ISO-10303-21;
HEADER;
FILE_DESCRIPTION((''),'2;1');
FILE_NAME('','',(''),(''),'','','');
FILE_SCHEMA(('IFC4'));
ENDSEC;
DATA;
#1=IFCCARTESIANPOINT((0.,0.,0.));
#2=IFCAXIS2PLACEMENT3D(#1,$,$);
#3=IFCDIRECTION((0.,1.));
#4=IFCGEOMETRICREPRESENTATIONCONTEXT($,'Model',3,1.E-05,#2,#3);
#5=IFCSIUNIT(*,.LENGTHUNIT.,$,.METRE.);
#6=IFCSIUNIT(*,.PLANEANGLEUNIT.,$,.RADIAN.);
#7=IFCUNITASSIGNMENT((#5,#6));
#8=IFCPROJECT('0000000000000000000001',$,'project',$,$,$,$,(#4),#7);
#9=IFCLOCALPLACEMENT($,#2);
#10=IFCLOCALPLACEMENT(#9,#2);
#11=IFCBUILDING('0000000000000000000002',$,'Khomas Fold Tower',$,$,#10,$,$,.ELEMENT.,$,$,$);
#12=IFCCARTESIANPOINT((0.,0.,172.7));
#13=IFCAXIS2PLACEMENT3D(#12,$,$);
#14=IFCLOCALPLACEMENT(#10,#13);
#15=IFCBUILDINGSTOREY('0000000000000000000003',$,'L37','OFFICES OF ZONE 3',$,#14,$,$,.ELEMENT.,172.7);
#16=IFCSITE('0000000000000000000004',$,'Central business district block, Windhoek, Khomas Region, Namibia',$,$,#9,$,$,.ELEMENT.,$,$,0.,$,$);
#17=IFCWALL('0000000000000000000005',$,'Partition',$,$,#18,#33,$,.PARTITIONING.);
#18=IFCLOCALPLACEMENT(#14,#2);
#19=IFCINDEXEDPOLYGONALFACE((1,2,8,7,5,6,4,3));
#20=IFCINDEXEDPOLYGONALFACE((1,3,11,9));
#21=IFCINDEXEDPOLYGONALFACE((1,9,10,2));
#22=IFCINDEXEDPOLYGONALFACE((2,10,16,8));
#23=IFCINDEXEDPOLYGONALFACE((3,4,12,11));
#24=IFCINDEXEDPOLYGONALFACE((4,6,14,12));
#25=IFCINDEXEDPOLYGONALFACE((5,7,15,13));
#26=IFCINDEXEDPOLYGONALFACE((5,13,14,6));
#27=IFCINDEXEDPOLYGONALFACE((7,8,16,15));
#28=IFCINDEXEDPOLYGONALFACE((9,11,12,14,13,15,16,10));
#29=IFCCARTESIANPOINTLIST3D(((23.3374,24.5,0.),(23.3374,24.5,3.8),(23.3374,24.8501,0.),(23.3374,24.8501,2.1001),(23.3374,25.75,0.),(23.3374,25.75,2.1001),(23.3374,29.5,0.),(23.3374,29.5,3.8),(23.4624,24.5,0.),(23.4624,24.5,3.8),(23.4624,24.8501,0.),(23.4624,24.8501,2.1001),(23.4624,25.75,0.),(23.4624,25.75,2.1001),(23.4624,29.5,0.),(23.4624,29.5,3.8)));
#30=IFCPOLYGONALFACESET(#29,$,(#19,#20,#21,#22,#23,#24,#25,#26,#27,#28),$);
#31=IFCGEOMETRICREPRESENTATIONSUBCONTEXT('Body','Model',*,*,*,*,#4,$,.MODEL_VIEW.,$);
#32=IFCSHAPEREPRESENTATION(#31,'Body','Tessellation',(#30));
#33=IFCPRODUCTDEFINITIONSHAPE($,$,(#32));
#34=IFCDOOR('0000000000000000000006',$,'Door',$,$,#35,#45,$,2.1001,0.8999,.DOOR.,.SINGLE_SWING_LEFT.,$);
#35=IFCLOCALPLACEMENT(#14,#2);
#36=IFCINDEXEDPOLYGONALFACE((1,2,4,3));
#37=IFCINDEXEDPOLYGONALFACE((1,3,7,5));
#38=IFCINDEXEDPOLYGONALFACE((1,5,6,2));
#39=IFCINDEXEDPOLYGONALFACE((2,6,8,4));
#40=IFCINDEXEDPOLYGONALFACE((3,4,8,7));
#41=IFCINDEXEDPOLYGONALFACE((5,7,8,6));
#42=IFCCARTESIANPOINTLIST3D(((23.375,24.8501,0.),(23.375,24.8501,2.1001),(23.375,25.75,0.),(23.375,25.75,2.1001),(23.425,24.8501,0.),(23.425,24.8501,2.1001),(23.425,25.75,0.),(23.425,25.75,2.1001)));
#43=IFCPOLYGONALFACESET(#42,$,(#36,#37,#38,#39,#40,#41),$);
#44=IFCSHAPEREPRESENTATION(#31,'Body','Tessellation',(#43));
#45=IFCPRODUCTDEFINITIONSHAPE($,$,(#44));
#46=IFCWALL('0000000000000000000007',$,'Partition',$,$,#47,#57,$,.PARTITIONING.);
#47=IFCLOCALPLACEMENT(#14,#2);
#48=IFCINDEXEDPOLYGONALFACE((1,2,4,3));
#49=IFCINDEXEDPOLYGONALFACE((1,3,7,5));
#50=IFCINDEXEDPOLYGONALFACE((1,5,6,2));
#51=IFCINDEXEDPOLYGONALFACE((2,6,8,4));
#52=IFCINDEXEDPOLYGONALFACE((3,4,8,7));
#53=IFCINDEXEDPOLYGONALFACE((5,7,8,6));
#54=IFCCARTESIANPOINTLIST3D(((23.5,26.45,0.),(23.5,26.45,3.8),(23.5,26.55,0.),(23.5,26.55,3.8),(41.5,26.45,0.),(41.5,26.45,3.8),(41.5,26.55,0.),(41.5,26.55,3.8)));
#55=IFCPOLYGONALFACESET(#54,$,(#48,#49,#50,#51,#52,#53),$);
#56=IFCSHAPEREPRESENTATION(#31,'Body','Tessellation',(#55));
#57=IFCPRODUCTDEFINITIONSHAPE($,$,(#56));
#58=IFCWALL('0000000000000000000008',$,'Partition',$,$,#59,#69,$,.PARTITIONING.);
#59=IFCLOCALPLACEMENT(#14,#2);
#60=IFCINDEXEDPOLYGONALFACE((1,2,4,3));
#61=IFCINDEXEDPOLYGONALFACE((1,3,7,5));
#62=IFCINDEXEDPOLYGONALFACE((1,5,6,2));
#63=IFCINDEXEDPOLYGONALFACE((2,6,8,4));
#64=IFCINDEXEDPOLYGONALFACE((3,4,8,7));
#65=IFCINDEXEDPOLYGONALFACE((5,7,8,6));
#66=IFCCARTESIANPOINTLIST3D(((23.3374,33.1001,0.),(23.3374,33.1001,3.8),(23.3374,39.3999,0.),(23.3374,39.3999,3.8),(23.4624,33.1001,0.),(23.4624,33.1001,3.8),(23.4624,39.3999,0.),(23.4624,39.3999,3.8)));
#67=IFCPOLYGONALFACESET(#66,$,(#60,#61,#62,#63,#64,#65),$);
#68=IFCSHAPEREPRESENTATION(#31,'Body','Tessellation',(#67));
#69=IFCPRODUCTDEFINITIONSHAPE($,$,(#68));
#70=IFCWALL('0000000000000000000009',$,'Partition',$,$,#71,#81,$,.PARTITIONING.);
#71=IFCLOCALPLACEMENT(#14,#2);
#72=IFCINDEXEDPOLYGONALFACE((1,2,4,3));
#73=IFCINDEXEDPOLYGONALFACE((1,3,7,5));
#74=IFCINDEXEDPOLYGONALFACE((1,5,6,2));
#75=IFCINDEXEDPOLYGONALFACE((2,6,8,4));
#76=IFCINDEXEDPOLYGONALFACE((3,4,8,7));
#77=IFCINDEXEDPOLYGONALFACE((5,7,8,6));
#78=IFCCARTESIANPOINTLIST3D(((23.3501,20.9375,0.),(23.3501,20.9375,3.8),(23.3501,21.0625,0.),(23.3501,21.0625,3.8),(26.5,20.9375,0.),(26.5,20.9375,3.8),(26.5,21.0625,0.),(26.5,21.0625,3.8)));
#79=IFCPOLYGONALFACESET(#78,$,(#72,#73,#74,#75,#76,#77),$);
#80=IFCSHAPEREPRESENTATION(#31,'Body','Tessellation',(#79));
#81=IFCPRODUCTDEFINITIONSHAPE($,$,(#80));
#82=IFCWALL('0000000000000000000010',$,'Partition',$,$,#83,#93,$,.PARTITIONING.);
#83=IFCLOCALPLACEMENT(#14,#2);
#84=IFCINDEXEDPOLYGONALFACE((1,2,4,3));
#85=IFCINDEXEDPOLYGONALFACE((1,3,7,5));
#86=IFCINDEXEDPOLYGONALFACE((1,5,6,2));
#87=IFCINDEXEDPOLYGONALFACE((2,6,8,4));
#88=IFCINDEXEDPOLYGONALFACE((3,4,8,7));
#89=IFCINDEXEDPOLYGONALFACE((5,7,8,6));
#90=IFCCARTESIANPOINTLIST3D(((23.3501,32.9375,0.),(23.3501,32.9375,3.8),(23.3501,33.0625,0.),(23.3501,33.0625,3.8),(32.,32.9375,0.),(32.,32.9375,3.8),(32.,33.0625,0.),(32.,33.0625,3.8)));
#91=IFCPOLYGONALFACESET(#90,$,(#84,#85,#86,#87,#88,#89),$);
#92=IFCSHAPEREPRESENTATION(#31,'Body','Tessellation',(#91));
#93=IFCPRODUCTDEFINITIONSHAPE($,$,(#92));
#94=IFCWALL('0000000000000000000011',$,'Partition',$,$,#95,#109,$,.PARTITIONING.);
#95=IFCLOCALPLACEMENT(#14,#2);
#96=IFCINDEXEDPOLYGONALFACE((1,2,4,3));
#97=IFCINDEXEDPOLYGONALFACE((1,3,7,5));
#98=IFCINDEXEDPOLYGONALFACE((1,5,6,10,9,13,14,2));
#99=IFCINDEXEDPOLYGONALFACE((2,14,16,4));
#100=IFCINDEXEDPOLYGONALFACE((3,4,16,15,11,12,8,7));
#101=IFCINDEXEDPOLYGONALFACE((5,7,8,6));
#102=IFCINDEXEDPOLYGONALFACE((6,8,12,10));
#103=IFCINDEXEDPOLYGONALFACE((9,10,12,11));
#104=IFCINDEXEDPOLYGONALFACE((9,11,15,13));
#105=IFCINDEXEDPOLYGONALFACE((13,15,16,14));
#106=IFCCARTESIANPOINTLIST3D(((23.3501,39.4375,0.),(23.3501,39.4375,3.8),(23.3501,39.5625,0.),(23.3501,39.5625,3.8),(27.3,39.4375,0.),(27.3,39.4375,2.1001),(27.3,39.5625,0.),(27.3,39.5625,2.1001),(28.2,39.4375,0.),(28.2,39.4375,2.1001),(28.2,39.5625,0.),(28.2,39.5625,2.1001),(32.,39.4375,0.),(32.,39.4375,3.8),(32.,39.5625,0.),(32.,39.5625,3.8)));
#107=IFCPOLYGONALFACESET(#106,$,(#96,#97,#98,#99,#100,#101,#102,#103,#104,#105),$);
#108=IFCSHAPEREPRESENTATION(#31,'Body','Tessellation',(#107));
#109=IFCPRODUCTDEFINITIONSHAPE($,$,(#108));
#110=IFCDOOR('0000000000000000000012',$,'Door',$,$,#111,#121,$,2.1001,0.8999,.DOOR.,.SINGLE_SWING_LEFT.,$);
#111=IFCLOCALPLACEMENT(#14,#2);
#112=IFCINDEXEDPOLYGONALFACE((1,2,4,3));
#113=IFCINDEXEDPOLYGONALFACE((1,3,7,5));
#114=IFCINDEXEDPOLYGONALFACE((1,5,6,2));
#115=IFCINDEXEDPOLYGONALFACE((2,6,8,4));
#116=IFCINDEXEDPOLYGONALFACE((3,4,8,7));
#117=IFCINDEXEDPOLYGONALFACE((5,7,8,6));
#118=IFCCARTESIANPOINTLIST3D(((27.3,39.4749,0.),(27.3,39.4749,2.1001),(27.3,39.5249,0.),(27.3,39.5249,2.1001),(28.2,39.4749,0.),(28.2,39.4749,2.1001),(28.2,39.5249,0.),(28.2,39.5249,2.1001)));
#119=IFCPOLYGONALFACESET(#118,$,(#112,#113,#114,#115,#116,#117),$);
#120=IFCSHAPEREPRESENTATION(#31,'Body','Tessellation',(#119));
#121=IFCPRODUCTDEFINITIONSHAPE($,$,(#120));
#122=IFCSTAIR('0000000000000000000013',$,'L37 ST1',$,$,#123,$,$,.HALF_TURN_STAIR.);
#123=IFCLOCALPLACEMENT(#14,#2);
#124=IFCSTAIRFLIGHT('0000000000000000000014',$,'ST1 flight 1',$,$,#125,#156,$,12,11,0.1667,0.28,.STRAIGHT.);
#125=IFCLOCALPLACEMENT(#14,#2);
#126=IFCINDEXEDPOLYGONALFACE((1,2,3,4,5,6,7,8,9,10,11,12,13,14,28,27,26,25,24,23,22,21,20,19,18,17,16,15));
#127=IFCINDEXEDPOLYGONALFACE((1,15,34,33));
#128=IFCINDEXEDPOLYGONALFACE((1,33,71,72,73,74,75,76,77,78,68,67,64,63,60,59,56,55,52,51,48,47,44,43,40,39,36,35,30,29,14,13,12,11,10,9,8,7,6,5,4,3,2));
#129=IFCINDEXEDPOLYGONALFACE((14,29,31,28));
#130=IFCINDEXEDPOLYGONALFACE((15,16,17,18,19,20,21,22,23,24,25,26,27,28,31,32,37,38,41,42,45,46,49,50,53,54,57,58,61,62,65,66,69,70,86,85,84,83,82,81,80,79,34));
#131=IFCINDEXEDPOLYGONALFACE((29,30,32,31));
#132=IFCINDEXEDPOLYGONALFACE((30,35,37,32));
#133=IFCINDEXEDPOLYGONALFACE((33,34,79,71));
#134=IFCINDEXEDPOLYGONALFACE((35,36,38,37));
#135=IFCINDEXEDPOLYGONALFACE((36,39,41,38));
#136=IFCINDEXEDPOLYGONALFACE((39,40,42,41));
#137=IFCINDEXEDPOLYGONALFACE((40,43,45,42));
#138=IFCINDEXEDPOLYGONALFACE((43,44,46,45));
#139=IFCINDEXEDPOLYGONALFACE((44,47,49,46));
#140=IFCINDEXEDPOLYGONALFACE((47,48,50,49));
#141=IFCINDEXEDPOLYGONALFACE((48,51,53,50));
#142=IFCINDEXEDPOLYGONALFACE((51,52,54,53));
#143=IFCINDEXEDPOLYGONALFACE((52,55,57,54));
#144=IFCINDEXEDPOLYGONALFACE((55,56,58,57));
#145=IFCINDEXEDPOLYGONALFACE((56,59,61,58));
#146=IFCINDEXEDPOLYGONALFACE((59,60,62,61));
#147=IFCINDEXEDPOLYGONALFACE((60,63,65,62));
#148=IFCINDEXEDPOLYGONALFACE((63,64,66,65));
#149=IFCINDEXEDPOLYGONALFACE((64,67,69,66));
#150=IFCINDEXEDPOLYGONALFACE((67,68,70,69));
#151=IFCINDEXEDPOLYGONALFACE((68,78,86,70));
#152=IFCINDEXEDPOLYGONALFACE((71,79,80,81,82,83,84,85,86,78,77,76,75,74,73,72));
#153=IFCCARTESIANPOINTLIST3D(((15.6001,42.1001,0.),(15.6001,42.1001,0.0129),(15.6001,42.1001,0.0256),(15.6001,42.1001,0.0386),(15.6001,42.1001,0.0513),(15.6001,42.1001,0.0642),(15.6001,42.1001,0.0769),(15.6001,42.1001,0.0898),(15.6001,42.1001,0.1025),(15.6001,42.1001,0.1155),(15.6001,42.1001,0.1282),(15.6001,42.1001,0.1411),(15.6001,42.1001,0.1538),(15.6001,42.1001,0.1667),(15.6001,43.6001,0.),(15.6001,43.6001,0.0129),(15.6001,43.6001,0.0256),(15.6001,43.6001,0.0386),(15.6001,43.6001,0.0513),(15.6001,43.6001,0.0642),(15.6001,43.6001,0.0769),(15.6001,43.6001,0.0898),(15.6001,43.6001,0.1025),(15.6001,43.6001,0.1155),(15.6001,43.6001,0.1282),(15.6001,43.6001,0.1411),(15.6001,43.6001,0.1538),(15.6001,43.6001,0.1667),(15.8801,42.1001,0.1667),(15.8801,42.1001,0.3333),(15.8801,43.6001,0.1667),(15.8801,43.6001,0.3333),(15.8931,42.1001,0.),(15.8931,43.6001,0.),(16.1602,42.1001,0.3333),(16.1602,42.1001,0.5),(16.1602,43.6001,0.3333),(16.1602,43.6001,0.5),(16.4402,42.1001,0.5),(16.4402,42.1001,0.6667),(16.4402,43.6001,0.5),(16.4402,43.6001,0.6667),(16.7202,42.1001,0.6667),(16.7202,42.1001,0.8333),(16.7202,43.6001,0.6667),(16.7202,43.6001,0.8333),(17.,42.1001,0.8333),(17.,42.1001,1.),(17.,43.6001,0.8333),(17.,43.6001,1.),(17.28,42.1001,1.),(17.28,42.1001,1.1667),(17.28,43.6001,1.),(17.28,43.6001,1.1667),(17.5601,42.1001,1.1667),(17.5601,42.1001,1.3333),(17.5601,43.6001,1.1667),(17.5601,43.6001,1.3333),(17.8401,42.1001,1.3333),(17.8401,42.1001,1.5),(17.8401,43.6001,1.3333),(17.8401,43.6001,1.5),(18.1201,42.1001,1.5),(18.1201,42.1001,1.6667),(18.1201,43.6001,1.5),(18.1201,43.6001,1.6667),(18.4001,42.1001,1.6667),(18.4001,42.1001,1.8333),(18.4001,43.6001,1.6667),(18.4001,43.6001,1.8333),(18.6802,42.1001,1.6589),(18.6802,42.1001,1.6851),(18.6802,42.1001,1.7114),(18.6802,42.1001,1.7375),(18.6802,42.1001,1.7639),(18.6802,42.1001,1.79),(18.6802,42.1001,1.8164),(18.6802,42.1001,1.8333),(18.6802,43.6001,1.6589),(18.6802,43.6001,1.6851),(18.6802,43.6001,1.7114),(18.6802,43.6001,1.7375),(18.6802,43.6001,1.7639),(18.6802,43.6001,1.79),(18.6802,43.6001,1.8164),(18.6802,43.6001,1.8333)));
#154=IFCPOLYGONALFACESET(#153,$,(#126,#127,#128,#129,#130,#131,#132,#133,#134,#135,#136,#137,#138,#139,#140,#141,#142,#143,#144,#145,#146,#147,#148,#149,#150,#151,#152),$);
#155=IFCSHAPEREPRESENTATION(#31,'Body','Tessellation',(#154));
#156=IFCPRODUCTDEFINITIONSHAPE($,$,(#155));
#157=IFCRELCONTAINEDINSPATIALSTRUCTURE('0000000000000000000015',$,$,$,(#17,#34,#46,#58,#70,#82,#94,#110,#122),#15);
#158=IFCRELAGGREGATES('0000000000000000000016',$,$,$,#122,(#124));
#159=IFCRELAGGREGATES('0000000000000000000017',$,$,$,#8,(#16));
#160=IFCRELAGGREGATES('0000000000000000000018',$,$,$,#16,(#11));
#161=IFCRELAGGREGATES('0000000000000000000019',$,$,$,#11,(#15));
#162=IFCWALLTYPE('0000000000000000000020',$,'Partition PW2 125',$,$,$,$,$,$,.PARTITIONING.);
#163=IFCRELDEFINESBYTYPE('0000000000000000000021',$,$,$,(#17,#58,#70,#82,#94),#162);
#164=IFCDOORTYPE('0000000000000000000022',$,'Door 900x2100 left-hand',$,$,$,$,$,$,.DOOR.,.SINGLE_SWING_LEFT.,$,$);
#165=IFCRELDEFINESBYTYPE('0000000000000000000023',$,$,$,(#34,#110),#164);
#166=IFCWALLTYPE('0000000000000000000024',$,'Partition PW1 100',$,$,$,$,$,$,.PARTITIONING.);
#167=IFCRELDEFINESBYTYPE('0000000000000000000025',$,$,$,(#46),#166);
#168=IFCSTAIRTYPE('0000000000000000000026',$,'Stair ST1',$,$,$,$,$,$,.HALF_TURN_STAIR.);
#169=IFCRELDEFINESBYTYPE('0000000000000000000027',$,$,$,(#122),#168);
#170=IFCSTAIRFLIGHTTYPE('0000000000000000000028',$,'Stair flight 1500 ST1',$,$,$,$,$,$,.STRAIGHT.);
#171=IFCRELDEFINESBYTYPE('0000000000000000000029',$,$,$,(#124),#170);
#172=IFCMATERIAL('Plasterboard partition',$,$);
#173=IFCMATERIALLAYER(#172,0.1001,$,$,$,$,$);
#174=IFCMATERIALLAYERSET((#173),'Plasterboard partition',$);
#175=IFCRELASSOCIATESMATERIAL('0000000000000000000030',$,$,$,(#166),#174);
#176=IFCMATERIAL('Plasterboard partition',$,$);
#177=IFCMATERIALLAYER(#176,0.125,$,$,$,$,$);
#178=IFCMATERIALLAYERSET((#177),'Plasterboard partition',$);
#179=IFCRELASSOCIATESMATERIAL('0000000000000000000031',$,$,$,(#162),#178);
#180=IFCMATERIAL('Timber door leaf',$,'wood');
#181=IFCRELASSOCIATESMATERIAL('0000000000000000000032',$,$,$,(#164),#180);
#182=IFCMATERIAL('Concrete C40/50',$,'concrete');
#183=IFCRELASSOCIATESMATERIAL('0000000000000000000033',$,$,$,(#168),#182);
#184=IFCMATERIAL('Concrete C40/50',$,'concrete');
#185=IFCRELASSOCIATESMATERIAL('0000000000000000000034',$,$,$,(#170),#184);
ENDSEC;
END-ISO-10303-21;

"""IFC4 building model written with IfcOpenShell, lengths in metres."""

from ifc_helpers import new_model, si_unit, direction, frame, frame_2d, origin, place, context, subcontext, project, spatial, polyline, rectangle, outline, extrude, source, transform, mapped, material, layer, layer_set, type_object, element, fill, aggregate, save


model = new_model("IFC4")

# Units and contexts
model_context = context("Model", 3, precision=1e-05, world=origin(), true_north=direction((0.0, 1.0)))
body_context = subcontext(model_context, "Body", "Model", "MODEL_VIEW")
ifc_project = project(units=[si_unit("LENGTHUNIT", "METRE"), si_unit("PLANEANGLEUNIT", "RADIAN")], contexts=[model_context])

# Site, building, storey
site_placement = place(None, origin())
site = spatial("IfcSite", under=ifc_project, at=site_placement, Name="Central business district block, Windhoek, Khomas Region, Namibia", CompositionType="ELEMENT", RefElevation=0.0)
building_placement = place(site_placement, origin())
building = spatial("IfcBuilding", under=site, at=building_placement, Name="Khomas Fold Tower", CompositionType="ELEMENT")
storey_placement = place(building_placement, frame((0.0, 0.0, 172.7)))
storey = spatial("IfcBuildingStorey", under=building, at=storey_placement, Name="L37", Description="OFFICES OF ZONE 3", CompositionType="ELEMENT", Elevation=172.7)

# Shared definitions
ifc_material_1 = material(Name="Plasterboard partition")
ifc_layer_1 = layer(ifc_material_1, 0.1001)
ifc_layer_set_1 = layer_set([ifc_layer_1], Name="Plasterboard partition")
wall_type_1 = type_object("IfcWallType", Name="Partition PW1 100", PredefinedType="PARTITIONING", material=ifc_layer_set_1)
ifc_material_2 = material(Name="Plasterboard partition")
ifc_layer_2 = layer(ifc_material_2, 0.125)
ifc_layer_set_2 = layer_set([ifc_layer_2], Name="Plasterboard partition")
wall_type_2 = type_object("IfcWallType", Name="Partition PW2 125", PredefinedType="PARTITIONING", material=ifc_layer_set_2)

# Wall, opening, door
shared_shape_1 = source(origin(), body_context, "Body", "SweptSolid", [
    extrude(rectangle(XDim=5.0, YDim=0.125, at=frame_2d((2.5, 0.0))), origin(), (0.0, 0.0, 1.0), 3.8),
])
wall_1_placement = place(storey_placement, frame((23.3999, 24.5, 0.0), z_axis=(0.0, 0.0, 1.0), x_axis=(0.0, 1.0, 0.0)))
wall_1 = element("IfcWall", 1, at=wall_1_placement, inside=storey, type_object=wall_type_2, Name="Partition", PredefinedType="PARTITIONING", context=body_context, shape_type="MappedRepresentation", body=[
    mapped(shared_shape_1, transform((0.0, 0.0, 0.0))),
])
shared_shape_2 = source(origin(), body_context, "Body", "SweptSolid", [
    extrude(rectangle(XDim=0.8999, YDim=2.1001, at=frame_2d((0.45, 1.05))), frame((0.0, 0.0725, 0.0), z_axis=(0.0, -1.0, 0.0), x_axis=(1.0, 0.0, 0.0)), (0.0, 0.0, 1.0), 0.145),
])
opening_1_placement = place(wall_1_placement, frame((0.3501, 0.0, 0.0)))
opening_1 = element("IfcOpeningElement", 2, at=opening_1_placement, cuts=wall_1, PredefinedType="OPENING", context=body_context, shape_type="MappedRepresentation", body=[
    mapped(shared_shape_2, transform((0.0, 0.0, 0.0))),
])
ifc_material_3 = material(Name="Timber door leaf", Category="wood")
door_type = type_object("IfcDoorType", Name="Door 900x2100 left-hand", OperationType="SINGLE_SWING_LEFT", PredefinedType="DOOR", material=ifc_material_3)
shared_shape_3 = source(origin(), body_context, "Body", "SweptSolid", [
    extrude(rectangle(XDim=0.8999, YDim=2.1001, at=frame_2d((0.45, 1.05))), frame((0.0, 0.0249, 0.0), z_axis=(0.0, -1.0, 0.0), x_axis=(1.0, 0.0, 0.0)), (0.0, 0.0, 1.0), 0.05),
])
door_1_placement = place(opening_1_placement, origin())
door_1 = element("IfcDoor", 3, at=door_1_placement, inside=storey, type_object=door_type, Name="Door", OperationType="SINGLE_SWING_LEFT", OverallHeight=2.1001, OverallWidth=0.8999, PredefinedType="DOOR", context=body_context, shape_type="MappedRepresentation", body=[
    mapped(shared_shape_3, transform((0.0, 0.0, 0.0))),
])
fill(opening_1, door_1)

# Walls
shared_shape_4 = source(origin(), body_context, "Body", "SweptSolid", [
    extrude(rectangle(XDim=18.0, YDim=0.1001, at=frame_2d((9.0, 0.0))), origin(), (0.0, 0.0, 1.0), 3.8),
])
wall_2_placement = place(storey_placement, frame((23.5, 26.5, 0.0), z_axis=(0.0, 0.0, 1.0), x_axis=(1.0, 0.0, 0.0)))
element("IfcWall", 4, at=wall_2_placement, inside=storey, type_object=wall_type_1, Name="Partition", PredefinedType="PARTITIONING", context=body_context, shape_type="MappedRepresentation", body=[
    mapped(shared_shape_4, transform((0.0, 0.0, 0.0))),
])
shared_shape_5 = source(origin(), body_context, "Body", "SweptSolid", [
    extrude(rectangle(XDim=6.2998, YDim=0.125, at=frame_2d((3.1499, 0.0))), origin(), (0.0, 0.0, 1.0), 3.8),
])
wall_3_placement = place(storey_placement, frame((23.3999, 33.1001, 0.0), z_axis=(0.0, 0.0, 1.0), x_axis=(0.0, 1.0, 0.0)))
element("IfcWall", 5, at=wall_3_placement, inside=storey, type_object=wall_type_2, Name="Partition", PredefinedType="PARTITIONING", context=body_context, shape_type="MappedRepresentation", body=[
    mapped(shared_shape_5, transform((0.0, 0.0, 0.0))),
])
shared_shape_6 = source(origin(), body_context, "Body", "SweptSolid", [
    extrude(rectangle(XDim=3.1499, YDim=0.125, at=frame_2d((1.575, 0.0))), origin(), (0.0, 0.0, 1.0), 3.8),
])
wall_4_placement = place(storey_placement, frame((23.3501, 21.0, 0.0), z_axis=(0.0, 0.0, 1.0), x_axis=(1.0, 0.0, 0.0)))
element("IfcWall", 6, at=wall_4_placement, inside=storey, type_object=wall_type_2, Name="Partition", PredefinedType="PARTITIONING", context=body_context, shape_type="MappedRepresentation", body=[
    mapped(shared_shape_6, transform((0.0, 0.0, 0.0))),
])
shared_shape_7 = source(origin(), body_context, "Body", "SweptSolid", [
    extrude(rectangle(XDim=8.6499, YDim=0.125, at=frame_2d((4.325, 0.0))), origin(), (0.0, 0.0, 1.0), 3.8),
])
wall_5_placement = place(storey_placement, frame((23.3501, 33.0, 0.0), z_axis=(0.0, 0.0, 1.0), x_axis=(1.0, 0.0, 0.0)))
element("IfcWall", 7, at=wall_5_placement, inside=storey, type_object=wall_type_2, Name="Partition", PredefinedType="PARTITIONING", context=body_context, shape_type="MappedRepresentation", body=[
    mapped(shared_shape_7, transform((0.0, 0.0, 0.0))),
])

# Wall, opening, door
wall_6_placement = place(storey_placement, frame((23.3501, 39.5, 0.0), z_axis=(0.0, 0.0, 1.0), x_axis=(1.0, 0.0, 0.0)))
wall_6 = element("IfcWall", 8, at=wall_6_placement, inside=storey, type_object=wall_type_2, Name="Partition", PredefinedType="PARTITIONING", context=body_context, shape_type="MappedRepresentation", body=[
    mapped(shared_shape_7, transform((0.0, 0.0, 0.0))),
])
opening_2_placement = place(wall_6_placement, frame((3.95, 0.0, 0.0)))
opening_2 = element("IfcOpeningElement", 9, at=opening_2_placement, cuts=wall_6, PredefinedType="OPENING", context=body_context, shape_type="MappedRepresentation", body=[
    mapped(shared_shape_2, transform((0.0, 0.0, 0.0))),
])
door_2_placement = place(opening_2_placement, origin())
door_2 = element("IfcDoor", 10, at=door_2_placement, inside=storey, type_object=door_type, Name="Door", OperationType="SINGLE_SWING_LEFT", OverallHeight=2.1001, OverallWidth=0.8999, PredefinedType="DOOR", context=body_context, shape_type="MappedRepresentation", body=[
    mapped(shared_shape_3, transform((0.0, 0.0, 0.0))),
])
fill(opening_2, door_2)

# Stair, stair flight
ifc_material_4 = material(Name="Concrete C40/50", Category="concrete")
stair_type_1 = type_object("IfcStairType", Name="Stair ST1", PredefinedType="HALF_TURN_STAIR", material=ifc_material_4)
stair_1_placement = place(storey_placement, origin())
stair_1 = element("IfcStair", 11, at=stair_1_placement, inside=storey, type_object=stair_type_1, Name="L37 ST1", PredefinedType="HALF_TURN_STAIR")
ifc_material_5 = material(Name="Concrete C40/50", Category="concrete")
stair_flight_type_1 = type_object("IfcStairFlightType", Name="Stair flight 1500 ST1", PredefinedType="STRAIGHT", material=ifc_material_5)
shared_shape_8 = source(origin(), body_context, "Body", "SweptSolid", [
    extrude(outline(polyline([(0.0, 0.0), (0.0, 0.0129), (0.0, 0.0256), (0.0, 0.0386), (0.0, 0.0513), (0.0, 0.0642), (0.0, 0.0769), (0.0, 0.0898), (0.0, 0.1025), (0.0, 0.1155), (0.0, 0.1282), (0.0, 0.1411), (0.0, 0.1538), (0.0, 0.1667), (0.28, 0.1667), (0.28, 0.3333), (0.5601, 0.3333), (0.5601, 0.5), (0.8401, 0.5), (0.8401, 0.6667), (1.1201, 0.6667), (1.1201, 0.8333), (1.3999, 0.8333), (1.3999, 1.0), (1.6799, 1.0), (1.6799, 1.1667), (1.96, 1.1667), (1.96, 1.3333), (2.24, 1.3333), (2.24, 1.5), (2.52, 1.5), (2.52, 1.6667), (2.8, 1.6667), (2.8, 1.8333), (3.0801, 1.8333), (3.0801, 2.0), (3.0801, 1.9739), (3.0801, 1.9475), (3.0801, 1.9214), (3.0801, 1.895), (3.0801, 1.8689), (3.0801, 1.8425), (3.0801, 1.8164), (3.0801, 1.79), (3.0801, 1.7639), (3.0801, 1.7375), (3.0801, 1.7114), (3.0801, 1.6851), (3.0801, 1.6589), (0.293, 0.0), (0.0, 0.0)])), frame((0.0, 0.75, 0.0), z_axis=(0.0, -1.0, 0.0), x_axis=(1.0, 0.0, 0.0)), (0.0, 0.0, 1.0), 1.5),
])
stair_flight_1_placement = place(storey_placement, frame((15.6001, 42.8501, 0.0), z_axis=(0.0, 0.0, 1.0), x_axis=(1.0, 0.0, 0.0)))
stair_flight_1 = element("IfcStairFlight", 12, at=stair_flight_1_placement, type_object=stair_flight_type_1, Name="ST1 flight 1", NumberOfRisers=12, NumberOfTreads=11, PredefinedType="STRAIGHT", RiserHeight=0.1667, TreadLength=0.28, context=body_context, shape_type="MappedRepresentation", body=[
    mapped(shared_shape_8, transform((0.0, 0.0, 0.0))),
])
aggregate(stair_1, [stair_flight_1])

save(model, "model.ifc")
